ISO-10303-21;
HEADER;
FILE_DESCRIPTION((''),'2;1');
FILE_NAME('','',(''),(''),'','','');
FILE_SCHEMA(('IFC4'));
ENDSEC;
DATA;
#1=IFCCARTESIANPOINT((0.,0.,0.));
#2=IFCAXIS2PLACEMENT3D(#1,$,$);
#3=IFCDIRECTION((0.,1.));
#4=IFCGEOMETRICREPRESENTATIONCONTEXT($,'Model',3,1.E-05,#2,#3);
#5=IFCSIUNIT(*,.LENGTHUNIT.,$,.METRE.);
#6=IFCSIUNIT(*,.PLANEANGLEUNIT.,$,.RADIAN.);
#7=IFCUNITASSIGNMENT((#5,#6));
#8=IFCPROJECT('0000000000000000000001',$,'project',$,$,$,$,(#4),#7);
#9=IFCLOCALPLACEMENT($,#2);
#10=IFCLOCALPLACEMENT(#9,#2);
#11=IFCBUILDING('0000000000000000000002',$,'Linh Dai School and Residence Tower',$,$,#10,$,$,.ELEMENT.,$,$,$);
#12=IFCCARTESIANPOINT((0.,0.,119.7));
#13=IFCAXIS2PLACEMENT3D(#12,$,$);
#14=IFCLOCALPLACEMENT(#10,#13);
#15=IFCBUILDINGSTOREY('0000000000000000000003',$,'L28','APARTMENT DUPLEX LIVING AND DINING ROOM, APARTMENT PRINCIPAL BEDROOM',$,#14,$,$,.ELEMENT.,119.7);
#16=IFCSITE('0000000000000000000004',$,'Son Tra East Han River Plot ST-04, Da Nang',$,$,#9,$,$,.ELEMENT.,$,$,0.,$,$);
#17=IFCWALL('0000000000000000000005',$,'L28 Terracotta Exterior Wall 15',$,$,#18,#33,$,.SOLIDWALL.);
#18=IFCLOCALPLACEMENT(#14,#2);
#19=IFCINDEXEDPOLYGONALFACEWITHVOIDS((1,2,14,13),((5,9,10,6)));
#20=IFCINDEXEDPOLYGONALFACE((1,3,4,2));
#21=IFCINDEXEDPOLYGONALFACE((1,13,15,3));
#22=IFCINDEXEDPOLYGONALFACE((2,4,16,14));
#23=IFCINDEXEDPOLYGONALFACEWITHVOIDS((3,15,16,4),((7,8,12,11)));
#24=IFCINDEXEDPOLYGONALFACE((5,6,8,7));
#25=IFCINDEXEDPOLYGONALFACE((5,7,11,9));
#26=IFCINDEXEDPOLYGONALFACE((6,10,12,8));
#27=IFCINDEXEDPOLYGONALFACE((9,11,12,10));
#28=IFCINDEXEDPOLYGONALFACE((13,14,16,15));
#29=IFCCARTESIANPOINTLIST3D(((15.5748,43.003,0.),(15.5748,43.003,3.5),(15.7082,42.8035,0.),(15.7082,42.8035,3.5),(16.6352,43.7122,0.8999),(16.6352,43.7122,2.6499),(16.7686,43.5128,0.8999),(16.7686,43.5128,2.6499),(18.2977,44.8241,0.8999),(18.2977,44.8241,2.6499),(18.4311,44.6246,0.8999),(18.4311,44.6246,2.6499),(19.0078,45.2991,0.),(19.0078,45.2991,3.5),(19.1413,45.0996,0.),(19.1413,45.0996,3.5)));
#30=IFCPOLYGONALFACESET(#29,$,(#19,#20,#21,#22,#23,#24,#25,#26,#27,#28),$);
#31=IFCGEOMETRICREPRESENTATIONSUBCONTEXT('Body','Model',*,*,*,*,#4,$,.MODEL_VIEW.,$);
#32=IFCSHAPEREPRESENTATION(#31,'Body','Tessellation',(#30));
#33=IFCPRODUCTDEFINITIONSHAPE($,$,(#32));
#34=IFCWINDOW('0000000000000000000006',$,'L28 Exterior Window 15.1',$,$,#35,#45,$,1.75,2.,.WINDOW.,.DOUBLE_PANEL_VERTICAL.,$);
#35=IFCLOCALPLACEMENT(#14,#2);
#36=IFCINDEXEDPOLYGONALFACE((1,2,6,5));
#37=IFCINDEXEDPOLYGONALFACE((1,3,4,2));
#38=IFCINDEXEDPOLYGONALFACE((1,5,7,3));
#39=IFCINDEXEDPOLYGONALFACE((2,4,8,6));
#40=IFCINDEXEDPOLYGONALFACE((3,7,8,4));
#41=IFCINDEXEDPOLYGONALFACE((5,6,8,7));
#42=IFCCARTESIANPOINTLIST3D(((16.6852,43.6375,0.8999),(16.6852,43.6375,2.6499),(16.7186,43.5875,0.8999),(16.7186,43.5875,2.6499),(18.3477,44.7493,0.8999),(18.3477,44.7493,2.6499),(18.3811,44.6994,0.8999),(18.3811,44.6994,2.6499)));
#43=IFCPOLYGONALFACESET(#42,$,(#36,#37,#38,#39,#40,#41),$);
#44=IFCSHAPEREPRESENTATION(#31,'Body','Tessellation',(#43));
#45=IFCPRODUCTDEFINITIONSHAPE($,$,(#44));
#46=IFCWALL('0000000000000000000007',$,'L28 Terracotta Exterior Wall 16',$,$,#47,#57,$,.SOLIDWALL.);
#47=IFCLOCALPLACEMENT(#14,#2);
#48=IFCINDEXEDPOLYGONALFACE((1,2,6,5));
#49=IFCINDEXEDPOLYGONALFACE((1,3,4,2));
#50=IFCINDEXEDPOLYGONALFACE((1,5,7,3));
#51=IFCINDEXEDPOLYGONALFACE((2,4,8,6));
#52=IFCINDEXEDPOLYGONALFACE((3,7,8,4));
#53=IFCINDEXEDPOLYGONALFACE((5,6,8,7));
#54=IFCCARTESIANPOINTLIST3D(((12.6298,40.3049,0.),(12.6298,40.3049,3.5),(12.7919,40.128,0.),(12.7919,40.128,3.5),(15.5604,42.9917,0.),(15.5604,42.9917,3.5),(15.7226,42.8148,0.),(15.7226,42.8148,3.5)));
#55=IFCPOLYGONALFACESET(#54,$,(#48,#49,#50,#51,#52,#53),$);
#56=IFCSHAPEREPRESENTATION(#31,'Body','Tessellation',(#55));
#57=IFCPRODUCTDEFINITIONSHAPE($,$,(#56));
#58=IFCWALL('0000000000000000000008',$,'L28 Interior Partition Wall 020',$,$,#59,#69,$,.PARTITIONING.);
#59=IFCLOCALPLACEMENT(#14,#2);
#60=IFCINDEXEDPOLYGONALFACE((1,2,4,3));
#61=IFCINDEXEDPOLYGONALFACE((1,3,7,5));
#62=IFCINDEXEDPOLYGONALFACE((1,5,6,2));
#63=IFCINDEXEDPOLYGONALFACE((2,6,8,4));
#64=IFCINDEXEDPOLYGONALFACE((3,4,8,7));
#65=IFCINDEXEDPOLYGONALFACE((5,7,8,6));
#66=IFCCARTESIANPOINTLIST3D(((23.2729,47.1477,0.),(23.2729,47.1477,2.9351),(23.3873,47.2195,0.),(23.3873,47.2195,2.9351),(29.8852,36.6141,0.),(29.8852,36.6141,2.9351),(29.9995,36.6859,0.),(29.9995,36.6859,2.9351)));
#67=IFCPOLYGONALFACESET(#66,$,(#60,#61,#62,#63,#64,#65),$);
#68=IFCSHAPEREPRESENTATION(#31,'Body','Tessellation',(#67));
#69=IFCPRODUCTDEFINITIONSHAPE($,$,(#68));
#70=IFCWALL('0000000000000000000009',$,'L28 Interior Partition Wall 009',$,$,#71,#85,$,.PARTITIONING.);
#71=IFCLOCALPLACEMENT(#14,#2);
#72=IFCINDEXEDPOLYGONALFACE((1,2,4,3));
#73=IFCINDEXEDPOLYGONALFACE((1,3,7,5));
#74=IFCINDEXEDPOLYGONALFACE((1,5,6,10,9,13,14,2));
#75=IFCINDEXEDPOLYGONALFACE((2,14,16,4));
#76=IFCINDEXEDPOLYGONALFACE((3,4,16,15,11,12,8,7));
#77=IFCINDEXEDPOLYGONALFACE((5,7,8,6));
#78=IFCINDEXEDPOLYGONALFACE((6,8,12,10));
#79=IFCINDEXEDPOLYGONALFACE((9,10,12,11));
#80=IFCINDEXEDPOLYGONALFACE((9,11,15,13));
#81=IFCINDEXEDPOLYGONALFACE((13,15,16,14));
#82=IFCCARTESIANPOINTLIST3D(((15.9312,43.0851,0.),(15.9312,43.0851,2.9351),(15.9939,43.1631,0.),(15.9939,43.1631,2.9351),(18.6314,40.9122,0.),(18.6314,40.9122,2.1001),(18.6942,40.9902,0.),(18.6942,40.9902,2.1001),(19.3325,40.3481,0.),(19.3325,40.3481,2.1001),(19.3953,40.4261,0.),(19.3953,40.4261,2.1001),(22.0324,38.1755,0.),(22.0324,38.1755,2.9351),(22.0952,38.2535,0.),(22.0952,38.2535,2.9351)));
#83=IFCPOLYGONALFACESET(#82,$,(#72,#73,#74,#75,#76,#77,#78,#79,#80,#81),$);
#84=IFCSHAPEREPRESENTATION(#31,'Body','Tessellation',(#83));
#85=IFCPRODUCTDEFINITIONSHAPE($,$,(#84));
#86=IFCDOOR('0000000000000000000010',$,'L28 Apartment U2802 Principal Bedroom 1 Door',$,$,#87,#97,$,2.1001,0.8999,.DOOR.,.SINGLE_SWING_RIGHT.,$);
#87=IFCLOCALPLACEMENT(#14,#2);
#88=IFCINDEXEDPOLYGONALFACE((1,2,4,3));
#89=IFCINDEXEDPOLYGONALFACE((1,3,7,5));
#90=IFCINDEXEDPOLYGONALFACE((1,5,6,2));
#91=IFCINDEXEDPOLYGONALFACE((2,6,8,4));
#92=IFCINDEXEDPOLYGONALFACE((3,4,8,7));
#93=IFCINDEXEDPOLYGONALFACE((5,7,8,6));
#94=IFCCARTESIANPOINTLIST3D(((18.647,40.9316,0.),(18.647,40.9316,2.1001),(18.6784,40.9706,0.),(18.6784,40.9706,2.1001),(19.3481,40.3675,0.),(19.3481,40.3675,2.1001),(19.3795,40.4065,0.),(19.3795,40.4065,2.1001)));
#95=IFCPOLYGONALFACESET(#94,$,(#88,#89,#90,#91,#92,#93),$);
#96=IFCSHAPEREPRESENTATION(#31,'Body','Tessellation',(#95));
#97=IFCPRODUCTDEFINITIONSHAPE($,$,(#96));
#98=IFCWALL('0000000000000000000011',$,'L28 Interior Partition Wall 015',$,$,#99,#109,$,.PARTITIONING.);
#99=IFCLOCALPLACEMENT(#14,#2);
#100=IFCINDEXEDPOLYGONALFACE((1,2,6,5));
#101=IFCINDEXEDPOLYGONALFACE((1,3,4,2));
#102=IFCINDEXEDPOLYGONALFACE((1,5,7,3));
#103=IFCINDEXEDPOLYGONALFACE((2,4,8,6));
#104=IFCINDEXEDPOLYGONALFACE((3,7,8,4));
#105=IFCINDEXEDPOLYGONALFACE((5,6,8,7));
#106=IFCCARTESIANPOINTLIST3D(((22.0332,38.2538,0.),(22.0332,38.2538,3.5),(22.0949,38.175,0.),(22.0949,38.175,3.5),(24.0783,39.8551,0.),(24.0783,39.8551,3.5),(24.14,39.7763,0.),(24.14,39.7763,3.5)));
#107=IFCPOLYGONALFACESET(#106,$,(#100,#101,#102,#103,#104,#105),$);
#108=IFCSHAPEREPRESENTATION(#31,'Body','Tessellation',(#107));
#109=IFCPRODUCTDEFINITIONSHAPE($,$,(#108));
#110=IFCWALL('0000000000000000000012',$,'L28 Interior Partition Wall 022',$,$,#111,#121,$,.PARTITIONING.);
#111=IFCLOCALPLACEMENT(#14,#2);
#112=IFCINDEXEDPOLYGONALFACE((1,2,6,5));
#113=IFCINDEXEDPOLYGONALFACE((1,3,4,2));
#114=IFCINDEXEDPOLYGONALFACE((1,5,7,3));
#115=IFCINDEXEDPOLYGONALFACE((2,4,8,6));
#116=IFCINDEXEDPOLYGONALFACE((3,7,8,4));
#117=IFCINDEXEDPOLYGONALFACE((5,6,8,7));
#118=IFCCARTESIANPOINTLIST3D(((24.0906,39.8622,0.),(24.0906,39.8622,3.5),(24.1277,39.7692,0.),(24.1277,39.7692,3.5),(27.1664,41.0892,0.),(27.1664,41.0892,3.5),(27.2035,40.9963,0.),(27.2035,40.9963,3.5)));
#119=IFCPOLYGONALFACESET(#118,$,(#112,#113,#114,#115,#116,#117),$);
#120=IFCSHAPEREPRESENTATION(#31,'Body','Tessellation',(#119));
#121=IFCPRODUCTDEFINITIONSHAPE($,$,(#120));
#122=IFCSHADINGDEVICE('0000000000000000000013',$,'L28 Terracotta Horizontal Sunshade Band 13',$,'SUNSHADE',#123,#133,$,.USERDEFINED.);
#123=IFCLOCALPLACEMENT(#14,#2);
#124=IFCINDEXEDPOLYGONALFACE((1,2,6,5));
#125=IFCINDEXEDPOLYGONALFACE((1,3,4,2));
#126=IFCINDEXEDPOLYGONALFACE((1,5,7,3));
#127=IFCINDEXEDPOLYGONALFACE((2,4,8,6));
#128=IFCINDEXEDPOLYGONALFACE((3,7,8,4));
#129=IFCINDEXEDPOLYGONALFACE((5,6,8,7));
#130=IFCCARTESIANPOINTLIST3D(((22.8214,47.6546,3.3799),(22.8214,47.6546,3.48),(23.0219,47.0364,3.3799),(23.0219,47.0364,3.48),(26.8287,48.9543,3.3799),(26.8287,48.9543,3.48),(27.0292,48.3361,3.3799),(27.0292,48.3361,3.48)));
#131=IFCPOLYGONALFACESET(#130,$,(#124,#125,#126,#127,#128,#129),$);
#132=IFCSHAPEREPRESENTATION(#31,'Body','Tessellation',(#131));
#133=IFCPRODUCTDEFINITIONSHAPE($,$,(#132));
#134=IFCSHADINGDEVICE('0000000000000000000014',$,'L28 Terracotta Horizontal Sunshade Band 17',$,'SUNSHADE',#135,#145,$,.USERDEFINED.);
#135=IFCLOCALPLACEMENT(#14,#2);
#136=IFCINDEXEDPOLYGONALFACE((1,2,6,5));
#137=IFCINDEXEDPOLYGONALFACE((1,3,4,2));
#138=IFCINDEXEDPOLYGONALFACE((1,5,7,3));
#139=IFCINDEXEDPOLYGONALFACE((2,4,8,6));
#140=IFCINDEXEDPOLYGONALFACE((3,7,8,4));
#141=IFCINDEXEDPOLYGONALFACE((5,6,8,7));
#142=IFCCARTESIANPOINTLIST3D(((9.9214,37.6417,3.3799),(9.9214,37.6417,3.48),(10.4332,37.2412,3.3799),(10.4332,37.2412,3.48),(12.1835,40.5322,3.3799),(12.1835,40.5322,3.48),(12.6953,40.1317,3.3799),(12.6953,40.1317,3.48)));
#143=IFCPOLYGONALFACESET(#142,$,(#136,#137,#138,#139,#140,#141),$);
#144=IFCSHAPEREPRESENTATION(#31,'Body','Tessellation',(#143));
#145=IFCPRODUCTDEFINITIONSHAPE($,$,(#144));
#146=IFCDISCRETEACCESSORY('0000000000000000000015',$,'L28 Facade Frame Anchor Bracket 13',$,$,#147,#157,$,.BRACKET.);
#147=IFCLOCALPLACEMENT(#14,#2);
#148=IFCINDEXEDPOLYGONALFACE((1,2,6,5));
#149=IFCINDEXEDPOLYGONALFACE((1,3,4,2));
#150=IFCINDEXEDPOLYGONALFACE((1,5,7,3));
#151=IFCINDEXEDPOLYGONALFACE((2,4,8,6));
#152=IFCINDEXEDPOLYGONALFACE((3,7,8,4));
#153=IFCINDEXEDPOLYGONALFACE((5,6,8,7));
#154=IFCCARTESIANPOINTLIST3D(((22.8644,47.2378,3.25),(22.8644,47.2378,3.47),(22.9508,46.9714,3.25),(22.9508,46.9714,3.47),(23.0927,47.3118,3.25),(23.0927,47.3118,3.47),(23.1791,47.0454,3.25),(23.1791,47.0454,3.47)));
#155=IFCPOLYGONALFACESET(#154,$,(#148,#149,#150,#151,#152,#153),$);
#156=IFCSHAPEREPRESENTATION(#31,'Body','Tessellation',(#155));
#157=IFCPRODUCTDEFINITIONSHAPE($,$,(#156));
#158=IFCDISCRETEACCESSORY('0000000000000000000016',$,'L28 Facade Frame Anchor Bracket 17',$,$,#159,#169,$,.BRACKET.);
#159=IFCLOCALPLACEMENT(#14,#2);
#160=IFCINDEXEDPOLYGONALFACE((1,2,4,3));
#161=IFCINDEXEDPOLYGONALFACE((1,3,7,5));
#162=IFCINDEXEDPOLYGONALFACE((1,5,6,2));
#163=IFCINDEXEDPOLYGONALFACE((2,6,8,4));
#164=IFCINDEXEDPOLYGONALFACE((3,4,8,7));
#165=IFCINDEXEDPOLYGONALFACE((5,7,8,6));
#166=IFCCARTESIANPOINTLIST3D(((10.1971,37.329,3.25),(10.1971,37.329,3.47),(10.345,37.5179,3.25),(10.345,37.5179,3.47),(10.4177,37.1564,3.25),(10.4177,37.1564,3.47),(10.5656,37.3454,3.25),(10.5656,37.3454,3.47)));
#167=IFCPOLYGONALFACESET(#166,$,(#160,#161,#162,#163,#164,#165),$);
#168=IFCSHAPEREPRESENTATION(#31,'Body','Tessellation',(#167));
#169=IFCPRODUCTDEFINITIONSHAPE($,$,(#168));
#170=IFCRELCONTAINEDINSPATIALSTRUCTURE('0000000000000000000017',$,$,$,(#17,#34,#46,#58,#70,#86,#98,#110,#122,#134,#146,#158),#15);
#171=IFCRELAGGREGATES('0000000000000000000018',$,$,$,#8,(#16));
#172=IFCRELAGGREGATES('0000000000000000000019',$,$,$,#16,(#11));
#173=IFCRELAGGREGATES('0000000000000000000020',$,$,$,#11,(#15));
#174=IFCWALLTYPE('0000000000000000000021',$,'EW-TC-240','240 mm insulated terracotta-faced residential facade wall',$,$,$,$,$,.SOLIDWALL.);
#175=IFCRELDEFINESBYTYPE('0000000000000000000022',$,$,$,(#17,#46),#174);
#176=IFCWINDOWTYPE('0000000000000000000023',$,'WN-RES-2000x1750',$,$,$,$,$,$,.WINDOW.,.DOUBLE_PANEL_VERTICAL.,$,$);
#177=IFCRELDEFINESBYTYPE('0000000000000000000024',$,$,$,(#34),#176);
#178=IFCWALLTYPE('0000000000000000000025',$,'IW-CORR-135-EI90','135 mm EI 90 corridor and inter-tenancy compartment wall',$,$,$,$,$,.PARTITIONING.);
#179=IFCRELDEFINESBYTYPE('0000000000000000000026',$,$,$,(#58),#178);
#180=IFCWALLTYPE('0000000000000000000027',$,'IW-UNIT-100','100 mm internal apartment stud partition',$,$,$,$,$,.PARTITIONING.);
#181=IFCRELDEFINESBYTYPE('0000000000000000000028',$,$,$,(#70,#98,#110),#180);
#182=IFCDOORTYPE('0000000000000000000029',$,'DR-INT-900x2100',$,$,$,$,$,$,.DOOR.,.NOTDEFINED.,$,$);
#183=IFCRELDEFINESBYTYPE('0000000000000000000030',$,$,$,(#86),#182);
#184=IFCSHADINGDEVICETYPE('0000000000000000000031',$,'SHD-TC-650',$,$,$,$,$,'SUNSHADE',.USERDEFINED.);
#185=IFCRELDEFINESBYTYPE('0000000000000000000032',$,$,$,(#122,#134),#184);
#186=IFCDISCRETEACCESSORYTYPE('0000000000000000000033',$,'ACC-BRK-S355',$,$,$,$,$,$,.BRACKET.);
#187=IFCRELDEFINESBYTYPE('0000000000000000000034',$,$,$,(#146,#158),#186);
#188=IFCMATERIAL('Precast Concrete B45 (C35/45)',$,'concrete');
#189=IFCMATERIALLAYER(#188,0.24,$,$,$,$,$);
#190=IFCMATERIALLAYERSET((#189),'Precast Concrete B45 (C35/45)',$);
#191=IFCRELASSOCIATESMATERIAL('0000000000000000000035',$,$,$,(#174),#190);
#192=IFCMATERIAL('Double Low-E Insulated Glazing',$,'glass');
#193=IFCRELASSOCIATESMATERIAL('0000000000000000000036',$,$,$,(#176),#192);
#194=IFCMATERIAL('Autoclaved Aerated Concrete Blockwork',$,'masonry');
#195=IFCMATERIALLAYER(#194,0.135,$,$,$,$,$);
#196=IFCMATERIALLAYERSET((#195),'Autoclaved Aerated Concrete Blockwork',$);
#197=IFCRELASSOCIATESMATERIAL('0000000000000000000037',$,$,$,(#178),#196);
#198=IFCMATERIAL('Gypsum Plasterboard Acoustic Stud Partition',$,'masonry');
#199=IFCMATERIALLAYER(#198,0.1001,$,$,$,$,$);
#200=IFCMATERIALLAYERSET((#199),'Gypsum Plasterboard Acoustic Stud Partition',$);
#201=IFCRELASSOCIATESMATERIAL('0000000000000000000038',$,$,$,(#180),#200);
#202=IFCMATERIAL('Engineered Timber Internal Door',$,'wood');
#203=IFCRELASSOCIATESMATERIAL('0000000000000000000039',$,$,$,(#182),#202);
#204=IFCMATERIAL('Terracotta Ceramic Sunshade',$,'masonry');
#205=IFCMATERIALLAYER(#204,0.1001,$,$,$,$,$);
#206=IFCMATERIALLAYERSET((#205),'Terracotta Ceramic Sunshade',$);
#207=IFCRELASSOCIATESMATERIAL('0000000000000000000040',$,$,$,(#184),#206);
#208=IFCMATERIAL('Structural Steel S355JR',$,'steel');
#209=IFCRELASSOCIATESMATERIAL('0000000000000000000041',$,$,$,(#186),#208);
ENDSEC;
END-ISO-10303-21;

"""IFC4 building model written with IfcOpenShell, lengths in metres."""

from ifc_helpers import new_model, si_unit, direction, frame, frame_2d, origin, origin_2d, place, context, subcontext, project, spatial, rectangle, extrude, source, transform, mapped, material, layer, layer_set, type_object, element, fill, save


model = new_model("IFC4")

# Units and contexts
model_context = context("Model", 3, precision=1e-05, world=origin(), true_north=direction((0.0, 1.0)))
body_context = subcontext(model_context, "Body", "Model", "MODEL_VIEW")
ifc_project = project(units=[si_unit("LENGTHUNIT", "METRE"), si_unit("PLANEANGLEUNIT", "RADIAN")], contexts=[model_context])

# Site, building, storey
site_placement = place(None, origin())
site = spatial("IfcSite", under=ifc_project, at=site_placement, Name="Son Tra East Han River Plot ST-04, Da Nang", CompositionType="ELEMENT", RefElevation=0.0)
building_placement = place(site_placement, origin())
building = spatial("IfcBuilding", under=site, at=building_placement, Name="Linh Dai School and Residence Tower", CompositionType="ELEMENT")
storey_placement = place(building_placement, frame((0.0, 0.0, 119.7)))
storey = spatial("IfcBuildingStorey", under=building, at=storey_placement, Name="L28", Description="APARTMENT DUPLEX LIVING AND DINING ROOM, APARTMENT PRINCIPAL BEDROOM", CompositionType="ELEMENT", Elevation=119.7)

# Shared definitions
ifc_material_1 = material(Name="Structural Steel S355JR", Category="steel")

# Shared definitions
ifc_material_2 = material(Name="Precast Concrete B45 (C35/45)", Category="concrete")

# Shared definitions
ifc_layer_1 = layer(ifc_material_2, 0.24)
ifc_layer_set_1 = layer_set([ifc_layer_1], Name="Precast Concrete B45 (C35/45)")
wall_type_1 = type_object("IfcWallType", Name="EW-TC-240", Description="240 mm insulated terracotta-faced residential facade wall", PredefinedType="SOLIDWALL", material=ifc_layer_set_1)

# Wall, opening, window
ifc_material_3 = material(Name="Double Low-E Insulated Glazing", Category="glass")
window_type = type_object("IfcWindowType", Name="WN-RES-2000x1750", PartitioningType="DOUBLE_PANEL_VERTICAL", PredefinedType="WINDOW", material=ifc_material_3)
shared_shape_1 = source(origin(), body_context, "Body", "SweptSolid", [
    extrude(rectangle(XDim=2.0, YDim=1.75, at=origin_2d()), frame((1.0, 0.03, 0.875), z_axis=(0.0, -1.0, 0.0), x_axis=(1.0, 0.0, 0.0)), (0.0, 0.0, 1.0), 0.0601),
])
wall_1_placement = place(storey_placement, frame((15.6416, 42.9033, 0.0), z_axis=(0.0, 0.0, 1.0), x_axis=(0.831222, 0.555941, 0.0)))
wall_1 = element("IfcWall", 1, at=wall_1_placement, inside=storey, type_object=wall_type_1, Name="L28 Terracotta Exterior Wall 15", PredefinedType="SOLIDWALL", context=body_context, shape_type="SweptSolid", body=[
    extrude(rectangle(XDim=4.1301, YDim=0.24, at=frame_2d((2.0649, 0.0))), origin(), (0.0, 0.0, 1.0), 3.5),
])
opening_1_placement = place(wall_1_placement, frame((1.2756, 0.0, 0.8999)))
opening_1 = element("IfcOpeningElement", 2, at=opening_1_placement, cuts=wall_1, PredefinedType="OPENING", context=body_context, shape_type="SweptSolid", body=[
    extrude(rectangle(XDim=2.0, YDim=1.75, at=origin_2d()), frame((1.0, 0.1299, 0.875), z_axis=(0.0, -1.0, 0.0), x_axis=(1.0, 0.0, 0.0)), (0.0, 0.0, 1.0), 0.26),
])
window_1_placement = place(opening_1_placement, origin())
window_1 = element("IfcWindow", 3, at=window_1_placement, inside=storey, type_object=window_type, Name="L28 Exterior Window 15.1", OverallHeight=1.75, OverallWidth=2.0, PartitioningType="DOUBLE_PANEL_VERTICAL", PredefinedType="WINDOW", context=body_context, shape_type="MappedRepresentation", body=[
    mapped(shared_shape_1, transform((0.0, 0.0, 0.0), x_axis=(1.0, 0.0, 0.0), y_axis=(0.0, 1.0, 0.0), z_axis=(0.0, 0.0, 1.0), scale=1.0)),
])
fill(opening_1, window_1)

# Wall
wall_2_placement = place(storey_placement, frame((12.7109, 40.2166, 0.0), z_axis=(0.0, 0.0, 1.0), x_axis=(0.737113, 0.675769, 0.0)))
element("IfcWall", 4, at=wall_2_placement, inside=storey, type_object=wall_type_1, Name="L28 Terracotta Exterior Wall 16", PredefinedType="SOLIDWALL", context=body_context, shape_type="SweptSolid", body=[
    extrude(rectangle(XDim=3.9758, YDim=0.24, at=frame_2d((1.9878, 0.0))), origin(), (0.0, 0.0, 1.0), 3.5),
])

# Wall
ifc_material_4 = material(Name="Autoclaved Aerated Concrete Blockwork", Category="masonry")
ifc_layer_2 = layer(ifc_material_4, 0.135)
ifc_layer_set_2 = layer_set([ifc_layer_2], Name="Autoclaved Aerated Concrete Blockwork")
wall_type_2 = type_object("IfcWallType", Name="IW-CORR-135-EI90", Description="135 mm EI 90 corridor and inter-tenancy compartment wall", PredefinedType="PARTITIONING", material=ifc_layer_set_2)
wall_3_placement = place(storey_placement, frame((23.3301, 47.1836, 0.0), z_axis=(0.0, 0.0, 1.0), x_axis=(0.53166, -0.846958, 0.0)))
element("IfcWall", 5, at=wall_3_placement, inside=storey, type_object=wall_type_2, Name="L28 Interior Partition Wall 020", PredefinedType="PARTITIONING", context=body_context, shape_type="SweptSolid", body=[
    extrude(rectangle(XDim=12.437, YDim=0.135, at=frame_2d((6.2185, 0.0))), origin(), (0.0, 0.0, 1.0), 2.9351),
])

# Wall, opening, door
ifc_material_5 = material(Name="Gypsum Plasterboard Acoustic Stud Partition", Category="masonry")
ifc_layer_3 = layer(ifc_material_5, 0.1001)
ifc_layer_set_3 = layer_set([ifc_layer_3], Name="Gypsum Plasterboard Acoustic Stud Partition")
wall_type_3 = type_object("IfcWallType", Name="IW-UNIT-100", Description="100 mm internal apartment stud partition", PredefinedType="PARTITIONING", material=ifc_layer_set_3)
wall_4_placement = place(storey_placement, frame((15.9626, 43.124, 0.0), z_axis=(0.0, 0.0, 1.0), x_axis=(0.779083, -0.62692, 0.0)))
wall_4 = element("IfcWall", 6, at=wall_4_placement, inside=storey, type_object=wall_type_3, Name="L28 Interior Partition Wall 009", PredefinedType="PARTITIONING", context=body_context, shape_type="SweptSolid", body=[
    extrude(rectangle(XDim=7.8313, YDim=0.1001, at=frame_2d((3.9155, 0.0))), origin(), (0.0, 0.0, 1.0), 2.9351),
])
opening_2_placement = place(wall_4_placement, frame((3.4658, 0.0, 0.0)))
opening_2 = element("IfcOpeningElement", 7, at=opening_2_placement, cuts=wall_4, PredefinedType="OPENING", context=body_context, shape_type="SweptSolid", body=[
    extrude(rectangle(XDim=0.8999, YDim=2.1001, at=origin_2d()), frame((0.45, 0.0601, 1.05), z_axis=(0.0, -1.0, 0.0), x_axis=(1.0, 0.0, 0.0)), (0.0, 0.0, 1.0), 0.1201),
])
ifc_material_6 = material(Name="Engineered Timber Internal Door", Category="wood")
door_type_1 = type_object("IfcDoorType", Name="DR-INT-900x2100", OperationType="NOTDEFINED", PredefinedType="DOOR", material=ifc_material_6)
shared_shape_2 = source(origin(), body_context, "Body", "SweptSolid", [
    extrude(rectangle(XDim=0.8999, YDim=2.1001, at=origin_2d()), frame((0.45, 0.0249, 1.05), z_axis=(0.0, -1.0, 0.0), x_axis=(1.0, 0.0, 0.0)), (0.0, 0.0, 1.0), 0.05),
])
door_1_placement = place(opening_2_placement, origin())
door_1 = element("IfcDoor", 8, at=door_1_placement, inside=storey, type_object=door_type_1, Name="L28 Apartment U2802 Principal Bedroom 1 Door", OperationType="SINGLE_SWING_RIGHT", OverallHeight=2.1001, OverallWidth=0.8999, PredefinedType="DOOR", context=body_context, shape_type="MappedRepresentation", body=[
    mapped(shared_shape_2, transform((0.0, 0.0, 0.0), x_axis=(1.0, 0.0, 0.0), y_axis=(0.0, 1.0, 0.0), z_axis=(0.0, 0.0, 1.0), scale=1.0)),
])
fill(opening_2, door_1)

# Walls
wall_5_placement = place(storey_placement, frame((22.064, 38.2144, 0.0), z_axis=(0.0, 0.0, 1.0), x_axis=(0.787364, 0.616488, 0.0)))
element("IfcWall", 9, at=wall_5_placement, inside=storey, type_object=wall_type_3, Name="L28 Interior Partition Wall 015", PredefinedType="PARTITIONING", context=body_context, shape_type="SweptSolid", body=[
    extrude(rectangle(XDim=2.5974, YDim=0.1001, at=frame_2d((1.2988, 0.0))), origin(), (0.0, 0.0, 1.0), 3.5),
])
wall_6_placement = place(storey_placement, frame((24.1091, 39.8157, 0.0), z_axis=(0.0, 0.0, 1.0), x_axis=(0.928812, 0.370552, 0.0)))
element("IfcWall", 10, at=wall_6_placement, inside=storey, type_object=wall_type_3, Name="L28 Interior Partition Wall 022", PredefinedType="PARTITIONING", context=body_context, shape_type="SweptSolid", body=[
    extrude(rectangle(XDim=3.3115, YDim=0.1001, at=frame_2d((1.6558, 0.0))), origin(), (0.0, 0.0, 1.0), 3.5),
])

# Shading devices
ifc_material_7 = material(Name="Terracotta Ceramic Sunshade", Category="masonry")
ifc_layer_4 = layer(ifc_material_7, 0.1001)
ifc_layer_set_4 = layer_set([ifc_layer_4], Name="Terracotta Ceramic Sunshade")
shading_device_type = type_object("IfcShadingDeviceType", Name="SHD-TC-650", ElementType="SUNSHADE", PredefinedType="USERDEFINED", material=ifc_layer_set_4)
shared_shape_3 = source(origin(), body_context, "Body", "SweptSolid", [
    extrude(rectangle(XDim=4.2129, YDim=0.6499, at=origin_2d()), origin(), (0.0, 0.0, 1.0), 0.1001),
])
shading_device_1_placement = place(storey_placement, frame((24.9253, 47.9954, 3.3799), z_axis=(0.0, 0.0, 1.0), x_axis=(0.951217, 0.308522, 0.0)))
element("IfcShadingDevice", 11, at=shading_device_1_placement, inside=storey, type_object=shading_device_type, Name="L28 Terracotta Horizontal Sunshade Band 13", ObjectType="SUNSHADE", PredefinedType="USERDEFINED", context=body_context, shape_type="MappedRepresentation", body=[
    mapped(shared_shape_3, transform((0.0, 0.0, 0.0), x_axis=(1.0, 0.0, 0.0), y_axis=(0.0, 1.0, 0.0), z_axis=(0.0, 0.0, 1.0), scale=1.0)),
])
shared_shape_4 = source(origin(), body_context, "Body", "SweptSolid", [
    extrude(rectangle(XDim=3.6704, YDim=0.6499, at=origin_2d()), origin(), (0.0, 0.0, 1.0), 0.1001),
])
shading_device_2_placement = place(storey_placement, frame((11.3083, 38.8867, 3.3799), z_axis=(0.0, 0.0, 1.0), x_axis=(0.616305, 0.787508, 0.0)))
element("IfcShadingDevice", 12, at=shading_device_2_placement, inside=storey, type_object=shading_device_type, Name="L28 Terracotta Horizontal Sunshade Band 17", ObjectType="SUNSHADE", PredefinedType="USERDEFINED", context=body_context, shape_type="MappedRepresentation", body=[
    mapped(shared_shape_4, transform((0.0, 0.0, 0.0), x_axis=(1.0, 0.0, 0.0), y_axis=(0.0, 1.0, 0.0), z_axis=(0.0, 0.0, 1.0), scale=1.0)),
])

# Discrete accessories
discrete_accessory_type = type_object("IfcDiscreteAccessoryType", Name="ACC-BRK-S355", PredefinedType="BRACKET", material=ifc_material_1)
shared_shape_5 = source(origin(), body_context, "Body", "SweptSolid", [
    extrude(rectangle(XDim=0.28, YDim=0.24, at=origin_2d()), origin(), (0.0, 0.0, 1.0), 0.22),
])
for number, where, z_axis, x_axis, name in (
    (13, (23.0217, 47.1416, 3.25), (0.0, 0.0, 1.0), (-0.308522, 0.951217, 0.0), "L28 Facade Frame Anchor Bracket 13"),
    (14, (10.3813, 37.3372, 3.25), (0.0, 0.0, 1.0), (-0.787508, 0.616305, 0.0), "L28 Facade Frame Anchor Bracket 17"),
):
    element("IfcDiscreteAccessory", number, at=place(storey_placement, frame(where, z_axis=z_axis, x_axis=x_axis)), inside=storey, type_object=discrete_accessory_type, Name=name, PredefinedType="BRACKET", context=body_context, shape_type="MappedRepresentation", body=[
        mapped(shared_shape_5, transform((0.0, 0.0, 0.0), x_axis=(1.0, 0.0, 0.0), y_axis=(0.0, 1.0, 0.0), z_axis=(0.0, 0.0, 1.0), scale=1.0)),
    ])

save(model, "model.ifc")
